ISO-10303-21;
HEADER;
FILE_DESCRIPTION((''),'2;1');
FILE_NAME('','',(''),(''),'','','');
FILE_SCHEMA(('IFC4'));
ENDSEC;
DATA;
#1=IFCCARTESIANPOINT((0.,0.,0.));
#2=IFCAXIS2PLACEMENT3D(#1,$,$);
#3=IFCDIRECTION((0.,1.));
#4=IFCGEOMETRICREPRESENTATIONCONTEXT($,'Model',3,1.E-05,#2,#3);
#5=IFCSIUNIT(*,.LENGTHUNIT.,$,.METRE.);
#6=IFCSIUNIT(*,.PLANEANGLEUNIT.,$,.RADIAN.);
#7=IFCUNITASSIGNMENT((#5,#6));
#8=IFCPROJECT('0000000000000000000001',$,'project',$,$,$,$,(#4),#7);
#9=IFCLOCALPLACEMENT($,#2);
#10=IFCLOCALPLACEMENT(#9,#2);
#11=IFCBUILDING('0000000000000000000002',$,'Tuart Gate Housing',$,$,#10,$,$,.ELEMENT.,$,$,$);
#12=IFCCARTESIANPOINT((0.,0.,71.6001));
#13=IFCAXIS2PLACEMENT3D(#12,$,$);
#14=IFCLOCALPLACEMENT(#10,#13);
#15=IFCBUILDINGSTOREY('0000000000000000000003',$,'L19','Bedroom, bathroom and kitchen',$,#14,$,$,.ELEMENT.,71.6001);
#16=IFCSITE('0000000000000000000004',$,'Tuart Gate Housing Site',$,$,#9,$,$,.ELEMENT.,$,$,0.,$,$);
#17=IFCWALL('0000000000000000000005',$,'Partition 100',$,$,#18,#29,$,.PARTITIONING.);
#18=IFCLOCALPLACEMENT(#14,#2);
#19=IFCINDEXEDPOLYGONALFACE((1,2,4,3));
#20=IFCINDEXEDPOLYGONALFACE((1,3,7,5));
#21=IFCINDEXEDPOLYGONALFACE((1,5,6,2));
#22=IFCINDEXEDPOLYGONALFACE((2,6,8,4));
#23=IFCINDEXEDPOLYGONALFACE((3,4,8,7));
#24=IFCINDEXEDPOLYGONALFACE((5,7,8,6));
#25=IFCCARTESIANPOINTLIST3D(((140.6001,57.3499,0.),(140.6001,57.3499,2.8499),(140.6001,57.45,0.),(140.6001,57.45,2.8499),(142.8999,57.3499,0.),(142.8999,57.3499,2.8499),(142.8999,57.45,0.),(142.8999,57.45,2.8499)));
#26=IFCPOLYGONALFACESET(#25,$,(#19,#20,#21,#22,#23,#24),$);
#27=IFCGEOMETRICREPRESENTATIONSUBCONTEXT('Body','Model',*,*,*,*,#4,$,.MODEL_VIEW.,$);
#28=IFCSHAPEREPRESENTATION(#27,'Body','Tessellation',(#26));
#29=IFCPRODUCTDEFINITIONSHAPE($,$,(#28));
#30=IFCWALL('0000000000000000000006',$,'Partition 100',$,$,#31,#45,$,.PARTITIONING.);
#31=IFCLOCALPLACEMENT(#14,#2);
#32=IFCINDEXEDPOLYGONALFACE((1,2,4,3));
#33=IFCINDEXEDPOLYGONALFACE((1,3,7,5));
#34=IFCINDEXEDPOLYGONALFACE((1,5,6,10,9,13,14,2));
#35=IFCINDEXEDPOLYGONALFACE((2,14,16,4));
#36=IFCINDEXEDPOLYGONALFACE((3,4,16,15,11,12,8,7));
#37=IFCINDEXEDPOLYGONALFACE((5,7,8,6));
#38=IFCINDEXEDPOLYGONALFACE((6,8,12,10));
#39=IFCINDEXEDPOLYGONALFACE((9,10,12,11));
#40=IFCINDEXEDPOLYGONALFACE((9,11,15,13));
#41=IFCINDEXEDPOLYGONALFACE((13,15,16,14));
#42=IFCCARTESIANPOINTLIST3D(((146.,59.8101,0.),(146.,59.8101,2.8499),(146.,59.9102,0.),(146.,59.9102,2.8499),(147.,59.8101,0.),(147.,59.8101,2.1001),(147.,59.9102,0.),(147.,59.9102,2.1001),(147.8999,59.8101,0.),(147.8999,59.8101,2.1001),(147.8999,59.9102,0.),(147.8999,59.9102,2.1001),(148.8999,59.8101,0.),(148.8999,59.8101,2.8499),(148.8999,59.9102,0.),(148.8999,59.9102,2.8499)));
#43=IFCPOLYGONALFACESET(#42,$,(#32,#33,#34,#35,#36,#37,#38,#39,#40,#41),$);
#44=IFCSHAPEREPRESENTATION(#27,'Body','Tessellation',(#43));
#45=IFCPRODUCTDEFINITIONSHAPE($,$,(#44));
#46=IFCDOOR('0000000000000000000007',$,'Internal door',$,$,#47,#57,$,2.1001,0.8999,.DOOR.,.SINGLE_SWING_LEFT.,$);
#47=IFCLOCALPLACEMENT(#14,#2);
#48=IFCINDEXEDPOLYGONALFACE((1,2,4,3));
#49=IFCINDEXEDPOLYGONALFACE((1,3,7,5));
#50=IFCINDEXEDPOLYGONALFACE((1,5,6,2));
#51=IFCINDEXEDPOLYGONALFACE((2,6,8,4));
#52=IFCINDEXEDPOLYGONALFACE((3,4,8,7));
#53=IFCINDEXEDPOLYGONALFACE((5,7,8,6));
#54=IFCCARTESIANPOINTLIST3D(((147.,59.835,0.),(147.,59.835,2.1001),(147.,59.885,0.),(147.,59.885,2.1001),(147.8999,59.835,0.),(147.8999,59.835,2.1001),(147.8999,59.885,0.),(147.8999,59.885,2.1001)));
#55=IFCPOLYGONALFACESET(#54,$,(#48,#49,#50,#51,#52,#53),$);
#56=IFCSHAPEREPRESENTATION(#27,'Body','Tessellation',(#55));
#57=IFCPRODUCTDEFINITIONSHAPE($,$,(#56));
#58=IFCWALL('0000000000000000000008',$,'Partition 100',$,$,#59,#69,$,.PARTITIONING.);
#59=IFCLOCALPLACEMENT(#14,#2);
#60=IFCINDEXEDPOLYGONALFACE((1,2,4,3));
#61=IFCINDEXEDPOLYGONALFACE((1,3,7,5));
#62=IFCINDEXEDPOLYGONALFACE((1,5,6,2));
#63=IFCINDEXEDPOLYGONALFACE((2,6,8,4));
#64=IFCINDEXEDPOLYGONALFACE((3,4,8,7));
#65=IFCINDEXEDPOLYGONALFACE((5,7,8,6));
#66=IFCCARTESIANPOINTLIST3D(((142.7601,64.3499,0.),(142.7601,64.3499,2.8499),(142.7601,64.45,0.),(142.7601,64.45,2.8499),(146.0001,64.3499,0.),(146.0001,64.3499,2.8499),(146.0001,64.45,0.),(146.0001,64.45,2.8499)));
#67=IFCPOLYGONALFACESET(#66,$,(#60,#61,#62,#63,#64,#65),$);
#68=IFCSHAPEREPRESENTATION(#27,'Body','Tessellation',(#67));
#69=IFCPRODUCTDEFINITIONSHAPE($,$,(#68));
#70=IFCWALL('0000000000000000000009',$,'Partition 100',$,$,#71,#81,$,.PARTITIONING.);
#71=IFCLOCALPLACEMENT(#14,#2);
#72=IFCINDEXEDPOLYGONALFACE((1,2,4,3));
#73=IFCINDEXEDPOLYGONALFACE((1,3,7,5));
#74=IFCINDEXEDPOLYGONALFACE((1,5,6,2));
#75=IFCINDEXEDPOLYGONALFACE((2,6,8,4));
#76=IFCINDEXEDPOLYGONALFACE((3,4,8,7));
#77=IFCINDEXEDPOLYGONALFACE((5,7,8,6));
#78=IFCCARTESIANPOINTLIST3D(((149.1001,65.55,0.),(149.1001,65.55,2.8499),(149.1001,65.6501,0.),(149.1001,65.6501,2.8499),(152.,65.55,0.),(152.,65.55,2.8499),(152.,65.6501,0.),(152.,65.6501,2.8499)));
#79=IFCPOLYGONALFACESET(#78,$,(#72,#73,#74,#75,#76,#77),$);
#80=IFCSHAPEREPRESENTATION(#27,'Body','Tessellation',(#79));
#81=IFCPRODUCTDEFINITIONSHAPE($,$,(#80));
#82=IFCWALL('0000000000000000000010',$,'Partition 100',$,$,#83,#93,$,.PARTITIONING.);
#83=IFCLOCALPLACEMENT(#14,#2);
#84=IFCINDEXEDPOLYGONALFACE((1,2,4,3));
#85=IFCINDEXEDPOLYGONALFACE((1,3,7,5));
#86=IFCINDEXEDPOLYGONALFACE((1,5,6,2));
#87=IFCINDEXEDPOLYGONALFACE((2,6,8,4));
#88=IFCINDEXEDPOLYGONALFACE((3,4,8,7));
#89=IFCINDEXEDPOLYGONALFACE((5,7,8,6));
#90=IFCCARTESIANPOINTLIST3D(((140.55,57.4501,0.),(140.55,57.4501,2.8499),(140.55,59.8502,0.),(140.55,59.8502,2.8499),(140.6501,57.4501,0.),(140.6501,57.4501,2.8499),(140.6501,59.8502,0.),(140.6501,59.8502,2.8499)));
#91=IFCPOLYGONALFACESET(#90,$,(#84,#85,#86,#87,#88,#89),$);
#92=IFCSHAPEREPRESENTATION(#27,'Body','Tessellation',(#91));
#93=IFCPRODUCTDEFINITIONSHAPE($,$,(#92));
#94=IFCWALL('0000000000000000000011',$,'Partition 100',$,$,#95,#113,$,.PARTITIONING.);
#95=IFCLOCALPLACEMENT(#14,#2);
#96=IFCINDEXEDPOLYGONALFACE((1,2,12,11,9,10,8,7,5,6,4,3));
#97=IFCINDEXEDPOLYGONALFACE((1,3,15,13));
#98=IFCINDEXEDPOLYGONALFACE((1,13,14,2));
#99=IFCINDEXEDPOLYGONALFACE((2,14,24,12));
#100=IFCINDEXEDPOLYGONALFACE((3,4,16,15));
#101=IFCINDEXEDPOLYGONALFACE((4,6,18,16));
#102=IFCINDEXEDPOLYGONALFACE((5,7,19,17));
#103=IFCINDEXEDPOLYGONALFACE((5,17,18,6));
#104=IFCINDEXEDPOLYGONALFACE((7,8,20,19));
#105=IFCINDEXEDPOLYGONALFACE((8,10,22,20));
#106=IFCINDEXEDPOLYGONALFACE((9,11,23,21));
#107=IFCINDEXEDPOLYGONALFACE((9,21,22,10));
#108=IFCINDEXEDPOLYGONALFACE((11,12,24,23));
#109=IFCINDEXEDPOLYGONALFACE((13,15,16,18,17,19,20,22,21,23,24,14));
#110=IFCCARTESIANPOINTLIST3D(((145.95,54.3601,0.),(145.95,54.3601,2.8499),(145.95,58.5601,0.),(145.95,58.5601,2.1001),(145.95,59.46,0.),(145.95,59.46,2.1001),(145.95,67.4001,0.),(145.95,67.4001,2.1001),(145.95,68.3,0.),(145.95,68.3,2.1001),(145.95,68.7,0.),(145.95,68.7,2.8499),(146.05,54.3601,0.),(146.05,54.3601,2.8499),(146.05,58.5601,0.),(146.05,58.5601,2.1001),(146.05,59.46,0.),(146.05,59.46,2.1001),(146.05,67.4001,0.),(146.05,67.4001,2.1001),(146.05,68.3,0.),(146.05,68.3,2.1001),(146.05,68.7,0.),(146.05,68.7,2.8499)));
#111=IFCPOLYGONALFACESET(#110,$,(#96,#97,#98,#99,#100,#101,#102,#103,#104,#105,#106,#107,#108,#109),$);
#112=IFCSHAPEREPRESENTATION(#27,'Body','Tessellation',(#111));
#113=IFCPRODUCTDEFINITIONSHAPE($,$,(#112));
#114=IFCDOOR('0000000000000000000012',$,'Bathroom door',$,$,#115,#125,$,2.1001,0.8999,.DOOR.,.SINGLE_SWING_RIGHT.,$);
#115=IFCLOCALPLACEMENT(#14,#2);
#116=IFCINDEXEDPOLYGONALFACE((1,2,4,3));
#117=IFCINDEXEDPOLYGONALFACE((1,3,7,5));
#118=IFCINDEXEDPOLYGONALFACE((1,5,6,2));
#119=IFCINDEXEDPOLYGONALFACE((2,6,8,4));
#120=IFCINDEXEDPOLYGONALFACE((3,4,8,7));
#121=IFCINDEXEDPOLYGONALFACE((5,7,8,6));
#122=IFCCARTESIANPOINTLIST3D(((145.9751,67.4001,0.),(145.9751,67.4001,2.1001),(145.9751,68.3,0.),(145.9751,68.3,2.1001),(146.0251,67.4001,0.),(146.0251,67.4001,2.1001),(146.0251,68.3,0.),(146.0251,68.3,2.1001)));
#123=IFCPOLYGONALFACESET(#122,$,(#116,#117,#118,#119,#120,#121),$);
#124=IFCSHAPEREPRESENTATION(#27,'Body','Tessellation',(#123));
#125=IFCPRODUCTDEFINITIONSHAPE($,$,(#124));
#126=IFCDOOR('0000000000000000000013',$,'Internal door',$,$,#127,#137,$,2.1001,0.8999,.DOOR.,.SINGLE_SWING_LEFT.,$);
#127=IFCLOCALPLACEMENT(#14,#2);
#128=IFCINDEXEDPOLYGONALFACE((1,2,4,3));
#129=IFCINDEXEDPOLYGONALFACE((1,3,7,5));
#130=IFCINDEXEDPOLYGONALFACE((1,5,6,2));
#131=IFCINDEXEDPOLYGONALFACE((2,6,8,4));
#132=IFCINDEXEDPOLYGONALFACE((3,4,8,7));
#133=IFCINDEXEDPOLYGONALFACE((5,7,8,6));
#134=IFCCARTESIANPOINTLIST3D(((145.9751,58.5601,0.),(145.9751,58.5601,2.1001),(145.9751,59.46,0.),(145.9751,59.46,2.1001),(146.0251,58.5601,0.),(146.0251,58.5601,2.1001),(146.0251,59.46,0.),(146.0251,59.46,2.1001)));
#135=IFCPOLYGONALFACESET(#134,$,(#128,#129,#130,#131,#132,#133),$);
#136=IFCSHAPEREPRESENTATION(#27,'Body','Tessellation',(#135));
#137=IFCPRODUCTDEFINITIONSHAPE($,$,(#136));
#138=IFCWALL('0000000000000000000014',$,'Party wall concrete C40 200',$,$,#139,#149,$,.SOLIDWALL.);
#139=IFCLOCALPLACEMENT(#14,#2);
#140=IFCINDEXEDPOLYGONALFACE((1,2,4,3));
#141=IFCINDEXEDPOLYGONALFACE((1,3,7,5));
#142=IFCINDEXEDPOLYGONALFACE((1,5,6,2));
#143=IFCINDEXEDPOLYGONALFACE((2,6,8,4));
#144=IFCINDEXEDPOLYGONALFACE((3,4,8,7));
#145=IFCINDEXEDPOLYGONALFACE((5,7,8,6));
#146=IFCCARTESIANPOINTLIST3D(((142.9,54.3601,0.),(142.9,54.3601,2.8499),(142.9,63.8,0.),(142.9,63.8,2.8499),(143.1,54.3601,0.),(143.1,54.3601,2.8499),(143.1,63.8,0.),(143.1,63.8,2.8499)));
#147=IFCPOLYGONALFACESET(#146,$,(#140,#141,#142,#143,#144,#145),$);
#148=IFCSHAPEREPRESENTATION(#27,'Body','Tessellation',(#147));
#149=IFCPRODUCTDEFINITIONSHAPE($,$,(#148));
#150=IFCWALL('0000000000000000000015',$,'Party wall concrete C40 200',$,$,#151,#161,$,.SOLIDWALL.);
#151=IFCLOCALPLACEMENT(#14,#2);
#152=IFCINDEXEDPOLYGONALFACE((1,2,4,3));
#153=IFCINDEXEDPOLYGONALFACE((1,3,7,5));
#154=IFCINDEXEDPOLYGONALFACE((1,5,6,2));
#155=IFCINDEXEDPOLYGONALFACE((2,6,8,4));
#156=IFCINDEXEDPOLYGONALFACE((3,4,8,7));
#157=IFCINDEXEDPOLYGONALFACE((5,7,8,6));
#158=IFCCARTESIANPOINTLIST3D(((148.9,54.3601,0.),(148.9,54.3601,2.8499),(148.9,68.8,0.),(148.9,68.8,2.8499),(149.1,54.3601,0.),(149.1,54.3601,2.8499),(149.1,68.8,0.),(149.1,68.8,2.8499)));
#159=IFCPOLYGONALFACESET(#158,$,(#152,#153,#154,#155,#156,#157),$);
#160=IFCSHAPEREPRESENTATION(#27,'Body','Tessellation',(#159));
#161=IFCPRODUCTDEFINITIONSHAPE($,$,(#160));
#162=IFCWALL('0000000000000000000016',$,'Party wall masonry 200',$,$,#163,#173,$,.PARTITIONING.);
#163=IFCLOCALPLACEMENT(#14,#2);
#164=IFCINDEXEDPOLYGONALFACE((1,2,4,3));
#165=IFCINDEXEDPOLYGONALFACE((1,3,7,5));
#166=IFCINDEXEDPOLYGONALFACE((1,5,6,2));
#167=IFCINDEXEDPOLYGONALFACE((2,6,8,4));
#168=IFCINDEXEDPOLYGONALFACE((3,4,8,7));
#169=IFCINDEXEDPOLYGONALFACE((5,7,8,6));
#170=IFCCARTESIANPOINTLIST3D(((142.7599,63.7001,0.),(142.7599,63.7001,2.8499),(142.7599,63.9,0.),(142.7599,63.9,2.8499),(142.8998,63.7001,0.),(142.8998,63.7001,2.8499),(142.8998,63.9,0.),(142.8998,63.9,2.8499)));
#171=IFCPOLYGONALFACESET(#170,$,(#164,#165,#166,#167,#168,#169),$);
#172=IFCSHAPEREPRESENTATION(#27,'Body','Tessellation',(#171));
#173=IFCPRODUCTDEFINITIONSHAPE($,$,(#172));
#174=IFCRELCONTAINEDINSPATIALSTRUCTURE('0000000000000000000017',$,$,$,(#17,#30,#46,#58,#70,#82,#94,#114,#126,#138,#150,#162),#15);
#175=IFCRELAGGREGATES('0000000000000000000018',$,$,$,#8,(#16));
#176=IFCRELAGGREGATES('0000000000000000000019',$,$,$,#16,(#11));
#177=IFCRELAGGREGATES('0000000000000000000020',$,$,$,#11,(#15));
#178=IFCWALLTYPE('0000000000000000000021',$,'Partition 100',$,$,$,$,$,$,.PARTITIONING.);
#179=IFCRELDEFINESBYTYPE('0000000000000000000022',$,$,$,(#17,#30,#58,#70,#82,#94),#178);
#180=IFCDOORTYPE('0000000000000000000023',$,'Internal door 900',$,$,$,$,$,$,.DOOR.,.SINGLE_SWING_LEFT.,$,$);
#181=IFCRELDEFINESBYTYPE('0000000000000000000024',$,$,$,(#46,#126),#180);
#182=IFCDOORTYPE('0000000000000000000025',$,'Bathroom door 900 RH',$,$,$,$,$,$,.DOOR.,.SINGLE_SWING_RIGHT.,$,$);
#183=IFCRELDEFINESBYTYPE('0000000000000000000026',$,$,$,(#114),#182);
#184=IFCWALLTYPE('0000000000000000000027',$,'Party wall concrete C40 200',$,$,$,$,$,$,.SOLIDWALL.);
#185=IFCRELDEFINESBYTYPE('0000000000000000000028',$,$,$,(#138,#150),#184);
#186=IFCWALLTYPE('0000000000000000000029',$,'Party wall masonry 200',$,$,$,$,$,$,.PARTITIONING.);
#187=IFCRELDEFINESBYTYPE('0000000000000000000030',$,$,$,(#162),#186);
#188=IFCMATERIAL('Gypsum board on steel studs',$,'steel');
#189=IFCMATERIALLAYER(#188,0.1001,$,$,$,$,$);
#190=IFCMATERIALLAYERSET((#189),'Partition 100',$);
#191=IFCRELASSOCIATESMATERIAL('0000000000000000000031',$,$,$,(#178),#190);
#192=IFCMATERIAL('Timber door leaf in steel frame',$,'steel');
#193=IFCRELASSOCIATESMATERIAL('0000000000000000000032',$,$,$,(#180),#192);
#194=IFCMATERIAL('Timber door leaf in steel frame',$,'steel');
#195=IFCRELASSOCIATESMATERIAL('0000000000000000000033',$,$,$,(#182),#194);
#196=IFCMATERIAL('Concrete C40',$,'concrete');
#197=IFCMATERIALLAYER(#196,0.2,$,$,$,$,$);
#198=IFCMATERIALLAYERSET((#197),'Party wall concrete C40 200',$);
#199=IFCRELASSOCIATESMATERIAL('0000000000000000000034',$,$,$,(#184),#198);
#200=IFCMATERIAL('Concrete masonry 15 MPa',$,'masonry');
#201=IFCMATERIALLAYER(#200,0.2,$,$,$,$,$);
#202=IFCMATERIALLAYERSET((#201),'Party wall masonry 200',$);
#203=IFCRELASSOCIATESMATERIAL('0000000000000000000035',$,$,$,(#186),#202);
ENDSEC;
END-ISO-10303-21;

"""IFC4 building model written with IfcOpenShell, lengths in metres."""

from ifc_helpers import new_model, si_unit, direction, frame, frame_2d, origin, place, context, subcontext, project, spatial, rectangle, extrude, material, layer, layer_set, type_object, element, fill, save


model = new_model("IFC4")

# Units and contexts
model_context = context("Model", 3, precision=1e-05, world=origin(), true_north=direction((0.0, 1.0)))
body_context = subcontext(model_context, "Body", "Model", "MODEL_VIEW")
ifc_project = project(units=[si_unit("LENGTHUNIT", "METRE"), si_unit("PLANEANGLEUNIT", "RADIAN")], contexts=[model_context])

# Site, building, storey
site_placement = place(None, origin())
site = spatial("IfcSite", under=ifc_project, at=site_placement, Name="Tuart Gate Housing Site", CompositionType="ELEMENT", RefElevation=0.0)
building_placement = place(site_placement, origin())
building = spatial("IfcBuilding", under=site, at=building_placement, Name="Tuart Gate Housing", CompositionType="ELEMENT")
storey_placement = place(building_placement, frame((0.0, 0.0, 71.6001)))
storey = spatial("IfcBuildingStorey", under=building, at=storey_placement, Name="L19", Description="Bedroom, bathroom and kitchen", CompositionType="ELEMENT", Elevation=71.6001)

# Wall
ifc_material_1 = material(Name="Gypsum board on steel studs", Category="steel")
ifc_layer_1 = layer(ifc_material_1, 0.1001)
ifc_layer_set_1 = layer_set([ifc_layer_1], Name="Partition 100")
wall_type_1 = type_object("IfcWallType", Name="Partition 100", PredefinedType="PARTITIONING", material=ifc_layer_set_1)
wall_1_placement = place(storey_placement, frame((140.6001, 57.3999, 0.0), z_axis=(0.0, 0.0, 1.0), x_axis=(1.0, 0.0, 0.0)))
element("IfcWall", 1, at=wall_1_placement, inside=storey, type_object=wall_type_1, Name="Partition 100", PredefinedType="PARTITIONING", context=body_context, shape_type="SweptSolid", body=[
    extrude(rectangle(XDim=2.2998, YDim=0.1001, at=frame_2d((1.1499, 0.0))), origin(), (0.0, 0.0, 1.0), 2.8499),
])

# Wall, opening, door
wall_2_placement = place(storey_placement, frame((146.0, 59.8601, 0.0), z_axis=(0.0, 0.0, 1.0), x_axis=(1.0, 0.0, 0.0)))
wall_2 = element("IfcWall", 2, at=wall_2_placement, inside=storey, type_object=wall_type_1, Name="Partition 100", PredefinedType="PARTITIONING", context=body_context, shape_type="SweptSolid", body=[
    extrude(rectangle(XDim=2.8999, YDim=0.1001, at=frame_2d((1.45, 0.0))), origin(), (0.0, 0.0, 1.0), 2.8499),
])
opening_1_placement = place(wall_2_placement, frame((1.0, 0.0, 0.0)))
opening_1 = element("IfcOpeningElement", 3, at=opening_1_placement, cuts=wall_2, PredefinedType="OPENING", context=body_context, shape_type="SweptSolid", body=[
    extrude(rectangle(XDim=0.8999, YDim=2.1001, at=frame_2d((0.45, 1.05))), frame((0.0, 0.0601, 0.0), z_axis=(0.0, -1.0, 0.0), x_axis=(1.0, 0.0, 0.0)), (0.0, 0.0, 1.0), 0.1201),
])
ifc_material_2 = material(Name="Timber door leaf in steel frame", Category="steel")
door_type_1 = type_object("IfcDoorType", Name="Internal door 900", OperationType="SINGLE_SWING_LEFT", PredefinedType="DOOR", material=ifc_material_2)
door_1_placement = place(opening_1_placement, origin())
door_1 = element("IfcDoor", 4, at=door_1_placement, inside=storey, type_object=door_type_1, Name="Internal door", OperationType="SINGLE_SWING_LEFT", OverallHeight=2.1001, OverallWidth=0.8999, PredefinedType="DOOR", context=body_context, shape_type="SweptSolid", body=[
    extrude(rectangle(XDim=0.8999, YDim=2.1001, at=frame_2d((0.45, 1.05))), frame((0.0, 0.0249, 0.0), z_axis=(0.0, -1.0, 0.0), x_axis=(1.0, 0.0, 0.0)), (0.0, 0.0, 1.0), 0.05),
])
fill(opening_1, door_1)

# Walls
wall_3_placement = place(storey_placement, frame((142.76, 64.3999, 0.0), z_axis=(0.0, 0.0, 1.0), x_axis=(1.0, 0.0, 0.0)))
element("IfcWall", 5, at=wall_3_placement, inside=storey, type_object=wall_type_1, Name="Partition 100", PredefinedType="PARTITIONING", context=body_context, shape_type="SweptSolid", body=[
    extrude(rectangle(XDim=3.24, YDim=0.1001, at=frame_2d((1.6201, 0.0))), origin(), (0.0, 0.0, 1.0), 2.8499),
])
wall_4_placement = place(storey_placement, frame((149.1001, 65.6001, 0.0), z_axis=(0.0, 0.0, 1.0), x_axis=(1.0, 0.0, 0.0)))
element("IfcWall", 6, at=wall_4_placement, inside=storey, type_object=wall_type_1, Name="Partition 100", PredefinedType="PARTITIONING", context=body_context, shape_type="SweptSolid", body=[
    extrude(rectangle(XDim=2.8999, YDim=0.1001, at=frame_2d((1.45, 0.0))), origin(), (0.0, 0.0, 1.0), 2.8499),
])
wall_5_placement = place(storey_placement, frame((140.6001, 57.45, 0.0), z_axis=(0.0, 0.0, 1.0), x_axis=(0.0, 1.0, 0.0)))
element("IfcWall", 7, at=wall_5_placement, inside=storey, type_object=wall_type_1, Name="Partition 100", PredefinedType="PARTITIONING", context=body_context, shape_type="SweptSolid", body=[
    extrude(rectangle(XDim=2.4001, YDim=0.1001, at=frame_2d((1.2002, 0.0))), origin(), (0.0, 0.0, 1.0), 2.8499),
])

# Wall, openings, doors
wall_6_placement = place(storey_placement, frame((146.0, 54.3601, 0.0), z_axis=(0.0, 0.0, 1.0), x_axis=(0.0, 1.0, 0.0)))
wall_6 = element("IfcWall", 8, at=wall_6_placement, inside=storey, type_object=wall_type_1, Name="Partition 100", PredefinedType="PARTITIONING", context=body_context, shape_type="SweptSolid", body=[
    extrude(rectangle(XDim=14.3398, YDim=0.1001, at=frame_2d((7.1699, 0.0))), origin(), (0.0, 0.0, 1.0), 2.8499),
])
opening_2_placement = place(wall_6_placement, frame((4.2, 0.0, 0.0)))
opening_2 = element("IfcOpeningElement", 9, at=opening_2_placement, cuts=wall_6, PredefinedType="OPENING", context=body_context, shape_type="SweptSolid", body=[
    extrude(rectangle(XDim=0.8999, YDim=2.1001, at=frame_2d((0.45, 1.05))), frame((0.0, 0.0601, 0.0), z_axis=(0.0, -1.0, 0.0), x_axis=(1.0, 0.0, 0.0)), (0.0, 0.0, 1.0), 0.1201),
])
opening_3_placement = place(wall_6_placement, frame((13.04, 0.0, 0.0)))
opening_3 = element("IfcOpeningElement", 10, at=opening_3_placement, cuts=wall_6, PredefinedType="OPENING", context=body_context, shape_type="SweptSolid", body=[
    extrude(rectangle(XDim=0.8999, YDim=2.1001, at=frame_2d((0.45, 1.05))), frame((0.0, 0.0601, 0.0), z_axis=(0.0, -1.0, 0.0), x_axis=(1.0, 0.0, 0.0)), (0.0, 0.0, 1.0), 0.1201),
])
ifc_material_3 = material(Name="Timber door leaf in steel frame", Category="steel")
door_type_2 = type_object("IfcDoorType", Name="Bathroom door 900 RH", OperationType="SINGLE_SWING_RIGHT", PredefinedType="DOOR", material=ifc_material_3)
door_2_placement = place(opening_3_placement, origin())
door_2 = element("IfcDoor", 11, at=door_2_placement, inside=storey, type_object=door_type_2, Name="Bathroom door", OperationType="SINGLE_SWING_RIGHT", OverallHeight=2.1001, OverallWidth=0.8999, PredefinedType="DOOR", context=body_context, shape_type="SweptSolid", body=[
    extrude(rectangle(XDim=0.8999, YDim=2.1001, at=frame_2d((0.45, 1.05))), frame((0.0, 0.0249, 0.0), z_axis=(0.0, -1.0, 0.0), x_axis=(1.0, 0.0, 0.0)), (0.0, 0.0, 1.0), 0.05),
])
fill(opening_3, door_2)
door_3_placement = place(opening_2_placement, origin())
door_3 = element("IfcDoor", 12, at=door_3_placement, inside=storey, type_object=door_type_1, Name="Internal door", OperationType="SINGLE_SWING_LEFT", OverallHeight=2.1001, OverallWidth=0.8999, PredefinedType="DOOR", context=body_context, shape_type="SweptSolid", body=[
    extrude(rectangle(XDim=0.8999, YDim=2.1001, at=frame_2d((0.45, 1.05))), frame((0.0, 0.0249, 0.0), z_axis=(0.0, -1.0, 0.0), x_axis=(1.0, 0.0, 0.0)), (0.0, 0.0, 1.0), 0.05),
])
fill(opening_2, door_3)

# Walls
ifc_material_4 = material(Name="Concrete C40", Category="concrete")
ifc_layer_2 = layer(ifc_material_4, 0.2)
ifc_layer_set_2 = layer_set([ifc_layer_2], Name="Party wall concrete C40 200")
wall_type_2 = type_object("IfcWallType", Name="Party wall concrete C40 200", PredefinedType="SOLIDWALL", material=ifc_layer_set_2)
wall_7_placement = place(storey_placement, frame((143.0, 54.3601, 0.0), z_axis=(0.0, 0.0, 1.0), x_axis=(0.0, 1.0, 0.0)))
element("IfcWall", 13, at=wall_7_placement, inside=storey, type_object=wall_type_2, Name="Party wall concrete C40 200", PredefinedType="SOLIDWALL", context=body_context, shape_type="SweptSolid", body=[
    extrude(rectangle(XDim=9.4399, YDim=0.2, at=frame_2d((4.72, 0.0))), origin(), (0.0, 0.0, 1.0), 2.8499),
])
wall_8_placement = place(storey_placement, frame((149.0, 54.3601, 0.0), z_axis=(0.0, 0.0, 1.0), x_axis=(0.0, 1.0, 0.0)))
element("IfcWall", 14, at=wall_8_placement, inside=storey, type_object=wall_type_2, Name="Party wall concrete C40 200", PredefinedType="SOLIDWALL", context=body_context, shape_type="SweptSolid", body=[
    extrude(rectangle(XDim=14.4399, YDim=0.2, at=frame_2d((7.22, 0.0))), origin(), (0.0, 0.0, 1.0), 2.8499),
])
ifc_material_5 = material(Name="Concrete masonry 15 MPa", Category="masonry")
ifc_layer_3 = layer(ifc_material_5, 0.2)
ifc_layer_set_3 = layer_set([ifc_layer_3], Name="Party wall masonry 200")
wall_type_3 = type_object("IfcWallType", Name="Party wall masonry 200", PredefinedType="PARTITIONING", material=ifc_layer_set_3)
wall_9_placement = place(storey_placement, frame((142.76, 63.8, 0.0), z_axis=(0.0, 0.0, 1.0), x_axis=(1.0, 0.0, 0.0)))
element("IfcWall", 15, at=wall_9_placement, inside=storey, type_object=wall_type_3, Name="Party wall masonry 200", PredefinedType="PARTITIONING", context=body_context, shape_type="SweptSolid", body=[
    extrude(rectangle(XDim=0.1399, YDim=0.2, at=frame_2d((0.0698, 0.0))), origin(), (0.0, 0.0, 1.0), 2.8499),
])

save(model, "model.ifc")
